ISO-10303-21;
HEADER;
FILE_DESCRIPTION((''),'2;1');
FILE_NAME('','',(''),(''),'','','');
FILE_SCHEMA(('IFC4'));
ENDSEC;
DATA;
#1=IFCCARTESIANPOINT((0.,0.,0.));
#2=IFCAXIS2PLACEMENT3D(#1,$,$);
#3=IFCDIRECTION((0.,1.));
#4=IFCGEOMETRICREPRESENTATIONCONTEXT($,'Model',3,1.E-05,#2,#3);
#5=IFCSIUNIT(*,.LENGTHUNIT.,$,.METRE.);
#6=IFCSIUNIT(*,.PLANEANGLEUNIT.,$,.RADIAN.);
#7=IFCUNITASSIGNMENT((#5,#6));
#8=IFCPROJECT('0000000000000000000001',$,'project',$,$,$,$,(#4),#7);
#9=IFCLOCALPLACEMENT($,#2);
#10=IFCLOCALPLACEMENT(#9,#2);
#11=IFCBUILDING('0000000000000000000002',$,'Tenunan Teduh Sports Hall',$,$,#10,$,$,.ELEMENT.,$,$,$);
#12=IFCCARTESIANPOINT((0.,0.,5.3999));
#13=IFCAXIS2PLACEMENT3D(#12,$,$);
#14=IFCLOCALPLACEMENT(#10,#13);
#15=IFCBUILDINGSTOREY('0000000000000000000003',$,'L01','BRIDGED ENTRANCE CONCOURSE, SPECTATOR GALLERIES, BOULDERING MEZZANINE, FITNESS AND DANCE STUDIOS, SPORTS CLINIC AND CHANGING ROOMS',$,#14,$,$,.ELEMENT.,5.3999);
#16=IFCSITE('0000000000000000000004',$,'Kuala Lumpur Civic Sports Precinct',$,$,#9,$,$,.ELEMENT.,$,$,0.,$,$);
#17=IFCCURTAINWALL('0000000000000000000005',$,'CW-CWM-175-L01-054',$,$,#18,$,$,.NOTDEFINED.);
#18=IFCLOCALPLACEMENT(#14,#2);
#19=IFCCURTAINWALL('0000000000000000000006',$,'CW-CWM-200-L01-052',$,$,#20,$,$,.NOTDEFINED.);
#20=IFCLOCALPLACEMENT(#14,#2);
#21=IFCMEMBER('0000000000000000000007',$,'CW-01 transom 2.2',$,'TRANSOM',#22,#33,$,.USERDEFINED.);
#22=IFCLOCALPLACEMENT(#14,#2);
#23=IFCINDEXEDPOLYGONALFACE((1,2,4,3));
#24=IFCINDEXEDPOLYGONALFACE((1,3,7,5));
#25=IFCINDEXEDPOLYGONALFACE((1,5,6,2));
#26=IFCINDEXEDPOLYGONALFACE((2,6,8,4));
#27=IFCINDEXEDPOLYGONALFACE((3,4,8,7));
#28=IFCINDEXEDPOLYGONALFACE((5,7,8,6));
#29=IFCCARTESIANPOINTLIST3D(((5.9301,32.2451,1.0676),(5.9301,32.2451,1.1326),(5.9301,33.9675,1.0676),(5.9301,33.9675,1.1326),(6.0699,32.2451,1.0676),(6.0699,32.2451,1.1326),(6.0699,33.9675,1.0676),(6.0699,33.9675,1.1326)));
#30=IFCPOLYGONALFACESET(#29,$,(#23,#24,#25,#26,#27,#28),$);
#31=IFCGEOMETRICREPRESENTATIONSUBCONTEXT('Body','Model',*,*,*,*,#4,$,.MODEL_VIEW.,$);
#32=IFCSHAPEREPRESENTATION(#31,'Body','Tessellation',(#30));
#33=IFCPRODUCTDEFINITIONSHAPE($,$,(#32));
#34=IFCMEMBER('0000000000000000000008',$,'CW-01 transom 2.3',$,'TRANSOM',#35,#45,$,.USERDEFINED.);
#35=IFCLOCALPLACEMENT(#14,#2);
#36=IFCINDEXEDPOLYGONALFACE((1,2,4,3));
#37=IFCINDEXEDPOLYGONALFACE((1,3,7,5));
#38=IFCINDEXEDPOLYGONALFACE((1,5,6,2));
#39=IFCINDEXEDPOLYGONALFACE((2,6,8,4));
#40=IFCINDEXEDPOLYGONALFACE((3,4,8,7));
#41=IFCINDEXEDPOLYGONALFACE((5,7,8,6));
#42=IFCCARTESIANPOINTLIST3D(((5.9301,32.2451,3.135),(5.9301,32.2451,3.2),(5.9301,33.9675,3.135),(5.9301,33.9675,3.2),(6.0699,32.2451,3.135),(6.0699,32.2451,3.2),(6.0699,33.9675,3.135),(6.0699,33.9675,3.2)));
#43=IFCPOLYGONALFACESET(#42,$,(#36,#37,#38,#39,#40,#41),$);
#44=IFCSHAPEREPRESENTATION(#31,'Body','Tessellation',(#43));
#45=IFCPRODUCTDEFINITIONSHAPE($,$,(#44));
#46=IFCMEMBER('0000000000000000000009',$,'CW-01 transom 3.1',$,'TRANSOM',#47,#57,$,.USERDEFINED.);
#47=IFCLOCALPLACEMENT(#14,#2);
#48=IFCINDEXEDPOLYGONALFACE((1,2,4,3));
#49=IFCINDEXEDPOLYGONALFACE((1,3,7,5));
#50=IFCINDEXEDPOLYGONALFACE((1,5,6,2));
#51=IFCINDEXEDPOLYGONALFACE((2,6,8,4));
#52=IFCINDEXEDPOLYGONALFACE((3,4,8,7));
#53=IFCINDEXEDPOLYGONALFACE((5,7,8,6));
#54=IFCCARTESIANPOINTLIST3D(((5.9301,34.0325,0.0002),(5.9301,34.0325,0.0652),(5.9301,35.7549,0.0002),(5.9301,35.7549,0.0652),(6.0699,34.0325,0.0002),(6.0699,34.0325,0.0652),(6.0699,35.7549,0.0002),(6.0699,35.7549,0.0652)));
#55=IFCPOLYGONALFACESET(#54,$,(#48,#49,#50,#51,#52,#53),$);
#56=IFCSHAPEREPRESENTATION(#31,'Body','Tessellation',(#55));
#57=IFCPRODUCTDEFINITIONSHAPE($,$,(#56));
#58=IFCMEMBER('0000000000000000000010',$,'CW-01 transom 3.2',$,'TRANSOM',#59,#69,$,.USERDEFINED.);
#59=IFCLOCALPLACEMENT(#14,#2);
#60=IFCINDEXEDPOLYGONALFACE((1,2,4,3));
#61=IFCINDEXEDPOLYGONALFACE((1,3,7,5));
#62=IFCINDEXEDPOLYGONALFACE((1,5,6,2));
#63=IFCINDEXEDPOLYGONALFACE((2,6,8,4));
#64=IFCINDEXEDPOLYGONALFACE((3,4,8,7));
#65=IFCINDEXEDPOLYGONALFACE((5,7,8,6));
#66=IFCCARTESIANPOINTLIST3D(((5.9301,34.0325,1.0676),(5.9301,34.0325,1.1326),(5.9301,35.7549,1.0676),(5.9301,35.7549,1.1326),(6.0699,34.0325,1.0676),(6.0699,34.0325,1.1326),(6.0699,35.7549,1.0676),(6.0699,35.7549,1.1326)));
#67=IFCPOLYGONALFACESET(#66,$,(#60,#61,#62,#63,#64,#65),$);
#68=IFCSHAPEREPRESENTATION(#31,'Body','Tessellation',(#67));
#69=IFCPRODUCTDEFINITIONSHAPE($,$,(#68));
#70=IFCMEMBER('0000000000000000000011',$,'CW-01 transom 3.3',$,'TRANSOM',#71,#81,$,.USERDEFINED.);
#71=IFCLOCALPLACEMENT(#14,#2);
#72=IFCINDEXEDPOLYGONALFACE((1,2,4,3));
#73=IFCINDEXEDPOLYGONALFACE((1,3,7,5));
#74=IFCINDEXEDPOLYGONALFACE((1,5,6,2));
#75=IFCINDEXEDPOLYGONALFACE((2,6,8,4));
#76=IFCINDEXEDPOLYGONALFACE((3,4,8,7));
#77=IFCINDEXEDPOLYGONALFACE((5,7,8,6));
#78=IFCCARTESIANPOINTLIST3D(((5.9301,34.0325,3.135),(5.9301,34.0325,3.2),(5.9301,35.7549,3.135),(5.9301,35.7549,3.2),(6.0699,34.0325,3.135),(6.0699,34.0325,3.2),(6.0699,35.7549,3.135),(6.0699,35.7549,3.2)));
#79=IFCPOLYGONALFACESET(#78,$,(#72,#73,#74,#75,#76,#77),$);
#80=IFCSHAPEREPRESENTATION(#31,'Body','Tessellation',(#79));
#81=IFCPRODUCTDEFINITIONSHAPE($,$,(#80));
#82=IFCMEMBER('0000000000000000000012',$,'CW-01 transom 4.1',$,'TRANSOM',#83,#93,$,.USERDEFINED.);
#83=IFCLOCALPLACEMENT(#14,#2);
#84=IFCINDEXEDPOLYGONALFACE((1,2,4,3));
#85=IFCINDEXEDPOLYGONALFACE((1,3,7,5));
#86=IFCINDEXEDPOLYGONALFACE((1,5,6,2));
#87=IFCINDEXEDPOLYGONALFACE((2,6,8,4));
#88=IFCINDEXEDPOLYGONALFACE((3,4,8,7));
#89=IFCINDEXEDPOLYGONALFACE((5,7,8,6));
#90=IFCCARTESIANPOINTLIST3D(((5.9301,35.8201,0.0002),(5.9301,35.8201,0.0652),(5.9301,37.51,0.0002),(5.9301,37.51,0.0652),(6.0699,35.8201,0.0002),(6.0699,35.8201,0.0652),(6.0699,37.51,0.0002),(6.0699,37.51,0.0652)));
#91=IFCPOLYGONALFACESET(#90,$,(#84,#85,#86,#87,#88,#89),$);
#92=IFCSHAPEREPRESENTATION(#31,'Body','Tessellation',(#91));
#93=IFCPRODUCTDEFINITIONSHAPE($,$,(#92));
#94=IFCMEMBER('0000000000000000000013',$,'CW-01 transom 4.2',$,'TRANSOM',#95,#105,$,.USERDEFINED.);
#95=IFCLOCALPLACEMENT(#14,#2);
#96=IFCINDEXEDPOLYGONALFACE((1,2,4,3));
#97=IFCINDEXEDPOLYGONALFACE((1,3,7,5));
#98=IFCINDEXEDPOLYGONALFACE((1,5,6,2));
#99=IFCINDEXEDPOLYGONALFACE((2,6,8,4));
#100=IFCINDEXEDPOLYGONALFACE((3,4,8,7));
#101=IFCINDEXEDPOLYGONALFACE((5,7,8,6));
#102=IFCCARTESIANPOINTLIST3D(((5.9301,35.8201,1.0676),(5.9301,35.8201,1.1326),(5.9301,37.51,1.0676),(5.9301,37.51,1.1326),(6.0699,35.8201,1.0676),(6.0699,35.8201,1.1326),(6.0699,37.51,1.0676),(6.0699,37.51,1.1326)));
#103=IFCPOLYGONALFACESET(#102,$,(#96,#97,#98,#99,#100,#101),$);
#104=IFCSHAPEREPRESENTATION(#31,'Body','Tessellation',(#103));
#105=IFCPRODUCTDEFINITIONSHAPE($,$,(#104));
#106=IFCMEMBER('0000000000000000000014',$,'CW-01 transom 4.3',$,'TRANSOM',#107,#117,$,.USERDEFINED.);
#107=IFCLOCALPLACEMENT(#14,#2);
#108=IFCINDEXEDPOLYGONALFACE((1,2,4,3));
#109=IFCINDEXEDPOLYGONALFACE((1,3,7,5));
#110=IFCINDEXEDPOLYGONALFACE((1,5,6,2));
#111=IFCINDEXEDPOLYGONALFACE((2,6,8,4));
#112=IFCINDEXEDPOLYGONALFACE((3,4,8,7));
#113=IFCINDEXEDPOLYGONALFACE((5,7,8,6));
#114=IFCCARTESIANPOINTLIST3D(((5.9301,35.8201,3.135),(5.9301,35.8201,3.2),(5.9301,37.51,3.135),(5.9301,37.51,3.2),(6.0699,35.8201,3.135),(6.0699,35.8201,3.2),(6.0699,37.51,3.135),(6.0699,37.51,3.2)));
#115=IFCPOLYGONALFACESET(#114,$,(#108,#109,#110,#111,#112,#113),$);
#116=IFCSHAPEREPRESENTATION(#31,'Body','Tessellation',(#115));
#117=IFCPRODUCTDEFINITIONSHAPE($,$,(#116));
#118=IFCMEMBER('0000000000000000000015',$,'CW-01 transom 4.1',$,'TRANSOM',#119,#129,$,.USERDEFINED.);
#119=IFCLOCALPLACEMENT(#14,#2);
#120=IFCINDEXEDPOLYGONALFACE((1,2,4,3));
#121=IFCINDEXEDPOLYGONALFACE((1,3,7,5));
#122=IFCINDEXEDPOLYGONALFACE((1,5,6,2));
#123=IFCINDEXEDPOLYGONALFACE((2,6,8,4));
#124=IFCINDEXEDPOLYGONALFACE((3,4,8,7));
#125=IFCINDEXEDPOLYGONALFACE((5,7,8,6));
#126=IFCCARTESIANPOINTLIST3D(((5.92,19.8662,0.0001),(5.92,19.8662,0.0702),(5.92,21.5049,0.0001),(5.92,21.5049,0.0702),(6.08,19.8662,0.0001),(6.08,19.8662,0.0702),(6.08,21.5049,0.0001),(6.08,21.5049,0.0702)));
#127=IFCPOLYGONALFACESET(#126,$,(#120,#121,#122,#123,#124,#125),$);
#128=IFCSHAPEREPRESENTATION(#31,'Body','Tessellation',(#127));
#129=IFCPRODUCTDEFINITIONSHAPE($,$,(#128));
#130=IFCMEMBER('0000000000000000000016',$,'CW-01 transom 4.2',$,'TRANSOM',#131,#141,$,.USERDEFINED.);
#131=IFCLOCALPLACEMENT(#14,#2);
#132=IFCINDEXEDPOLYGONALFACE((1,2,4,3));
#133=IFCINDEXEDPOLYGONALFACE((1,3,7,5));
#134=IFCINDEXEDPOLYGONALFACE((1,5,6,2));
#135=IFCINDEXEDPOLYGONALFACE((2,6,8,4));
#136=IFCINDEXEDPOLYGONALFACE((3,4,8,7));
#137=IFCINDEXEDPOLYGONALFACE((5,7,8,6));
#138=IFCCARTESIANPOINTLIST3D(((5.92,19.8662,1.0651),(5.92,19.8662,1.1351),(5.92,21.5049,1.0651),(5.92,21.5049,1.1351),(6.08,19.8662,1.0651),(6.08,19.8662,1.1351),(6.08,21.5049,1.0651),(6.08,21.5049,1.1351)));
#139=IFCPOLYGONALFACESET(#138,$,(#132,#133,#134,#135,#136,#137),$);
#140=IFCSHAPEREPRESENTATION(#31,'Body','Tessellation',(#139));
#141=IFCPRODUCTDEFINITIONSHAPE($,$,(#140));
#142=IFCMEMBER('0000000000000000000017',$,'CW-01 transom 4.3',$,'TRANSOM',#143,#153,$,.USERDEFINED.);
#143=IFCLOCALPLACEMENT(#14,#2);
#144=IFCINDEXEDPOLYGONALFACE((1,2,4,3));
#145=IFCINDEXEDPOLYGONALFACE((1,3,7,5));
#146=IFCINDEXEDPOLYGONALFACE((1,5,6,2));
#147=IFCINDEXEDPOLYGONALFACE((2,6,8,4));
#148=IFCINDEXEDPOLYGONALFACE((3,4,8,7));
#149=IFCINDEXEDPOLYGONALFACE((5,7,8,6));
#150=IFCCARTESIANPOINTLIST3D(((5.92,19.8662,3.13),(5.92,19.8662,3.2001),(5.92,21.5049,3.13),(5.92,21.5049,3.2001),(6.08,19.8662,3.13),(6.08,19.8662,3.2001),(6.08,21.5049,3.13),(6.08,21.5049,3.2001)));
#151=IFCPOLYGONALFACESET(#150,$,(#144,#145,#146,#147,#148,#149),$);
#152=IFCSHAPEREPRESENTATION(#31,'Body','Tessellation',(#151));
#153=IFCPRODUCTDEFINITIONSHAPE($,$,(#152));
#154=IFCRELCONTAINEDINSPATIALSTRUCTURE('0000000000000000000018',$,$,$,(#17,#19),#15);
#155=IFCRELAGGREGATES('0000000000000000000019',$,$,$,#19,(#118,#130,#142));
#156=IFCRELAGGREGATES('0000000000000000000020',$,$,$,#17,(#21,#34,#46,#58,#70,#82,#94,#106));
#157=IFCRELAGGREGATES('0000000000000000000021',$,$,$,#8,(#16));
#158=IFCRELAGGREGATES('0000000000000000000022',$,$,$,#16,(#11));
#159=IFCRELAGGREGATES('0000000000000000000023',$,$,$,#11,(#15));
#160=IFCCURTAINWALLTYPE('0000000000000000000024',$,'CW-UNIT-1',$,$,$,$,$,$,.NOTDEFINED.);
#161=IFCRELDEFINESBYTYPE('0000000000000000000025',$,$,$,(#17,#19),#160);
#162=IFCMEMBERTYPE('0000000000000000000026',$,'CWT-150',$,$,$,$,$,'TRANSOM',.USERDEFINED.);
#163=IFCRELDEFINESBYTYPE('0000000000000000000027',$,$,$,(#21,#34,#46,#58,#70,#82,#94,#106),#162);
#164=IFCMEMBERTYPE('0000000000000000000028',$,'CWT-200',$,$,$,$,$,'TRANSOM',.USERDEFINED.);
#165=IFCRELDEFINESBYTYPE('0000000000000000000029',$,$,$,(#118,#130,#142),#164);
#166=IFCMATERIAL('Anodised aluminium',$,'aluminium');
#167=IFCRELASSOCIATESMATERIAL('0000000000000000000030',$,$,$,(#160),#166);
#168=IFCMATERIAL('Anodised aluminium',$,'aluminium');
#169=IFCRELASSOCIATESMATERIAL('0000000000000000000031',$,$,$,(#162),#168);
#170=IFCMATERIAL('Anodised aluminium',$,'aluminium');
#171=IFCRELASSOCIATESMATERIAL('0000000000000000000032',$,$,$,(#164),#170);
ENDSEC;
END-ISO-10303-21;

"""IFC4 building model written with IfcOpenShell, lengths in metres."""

from ifc_helpers import new_model, si_unit, direction, frame, origin, origin_2d, place, context, subcontext, project, spatial, rectangle, extrude, material, material_profile, profile_set, type_object, element, aggregate, save


model = new_model("IFC4")

# Units and contexts
model_context = context("Model", 3, precision=1e-05, world=origin(), true_north=direction((0.0, 1.0)))
body_context = subcontext(model_context, "Body", "Model", "MODEL_VIEW")
ifc_project = project(units=[si_unit("LENGTHUNIT", "METRE"), si_unit("PLANEANGLEUNIT", "RADIAN")], contexts=[model_context])

# Site, building, storey
site_placement = place(None, origin())
site = spatial("IfcSite", under=ifc_project, at=site_placement, Name="Kuala Lumpur Civic Sports Precinct", CompositionType="ELEMENT", RefElevation=0.0)
building_placement = place(site_placement, origin())
building = spatial("IfcBuilding", under=site, at=building_placement, Name="Tenunan Teduh Sports Hall", CompositionType="ELEMENT")
storey_placement = place(building_placement, frame((0.0, 0.0, 5.3999)))
storey = spatial("IfcBuildingStorey", under=building, at=storey_placement, Name="L01", Description="BRIDGED ENTRANCE CONCOURSE, SPECTATOR GALLERIES, BOULDERING MEZZANINE, FITNESS AND DANCE STUDIOS, SPORTS CLINIC AND CHANGING ROOMS", CompositionType="ELEMENT", Elevation=5.3999)

# Curtain walls
ifc_material_1 = material(Name="Anodised aluminium", Category="aluminium")
curtain_wall_type = type_object("IfcCurtainWallType", Name="CW-UNIT-1", PredefinedType="NOTDEFINED", material=ifc_material_1)
curtain_wall_1_placement = place(storey_placement, origin())
curtain_wall_1 = element("IfcCurtainWall", 1, at=curtain_wall_1_placement, inside=storey, type_object=curtain_wall_type, Name="CW-CWM-175-L01-054", PredefinedType="NOTDEFINED")
curtain_wall_2_placement = place(storey_placement, origin())
curtain_wall_2 = element("IfcCurtainWall", 2, at=curtain_wall_2_placement, inside=storey, type_object=curtain_wall_type, Name="CW-CWM-200-L01-052", PredefinedType="NOTDEFINED")

# Members
ifc_material_2 = material(Name="Anodised aluminium", Category="aluminium")
ifc_material_profile_1 = material_profile(ifc_material_2, rectangle(XDim=0.0649, YDim=0.1399, at=origin_2d()), Name="CWT 65x140")
ifc_profile_set_1 = profile_set([ifc_material_profile_1], Name="Anodised aluminium")
member_type_1 = type_object("IfcMemberType", Name="CWT-150", ElementType="TRANSOM", PredefinedType="USERDEFINED", material=ifc_profile_set_1)
member_1_placement = place(storey_placement, frame((6.0, 32.2451, 1.1001), z_axis=(0.0, 1.0, 0.0), x_axis=(0.0, 0.0, 1.0)))
member_1 = element("IfcMember", 3, at=member_1_placement, type_object=member_type_1, Name="CW-01 transom 2.2", ObjectType="TRANSOM", PredefinedType="USERDEFINED", context=body_context, shape_type="SweptSolid", body=[
    extrude(rectangle(XDim=0.0649, YDim=0.1399, at=origin_2d()), origin(), (0.0, 0.0, 1.0), 1.7224),
])
member_2_placement = place(storey_placement, frame((6.0, 32.2451, 3.1675), z_axis=(0.0, 1.0, 0.0), x_axis=(0.0, 0.0, 1.0)))
member_2 = element("IfcMember", 4, at=member_2_placement, type_object=member_type_1, Name="CW-01 transom 2.3", ObjectType="TRANSOM", PredefinedType="USERDEFINED", context=body_context, shape_type="SweptSolid", body=[
    extrude(rectangle(XDim=0.0649, YDim=0.1399, at=origin_2d()), origin(), (0.0, 0.0, 1.0), 1.7224),
])
member_3_placement = place(storey_placement, frame((6.0, 34.0325, 0.0327), z_axis=(0.0, 1.0, 0.0), x_axis=(0.0, 0.0, 1.0)))
member_3 = element("IfcMember", 5, at=member_3_placement, type_object=member_type_1, Name="CW-01 transom 3.1", ObjectType="TRANSOM", PredefinedType="USERDEFINED", context=body_context, shape_type="SweptSolid", body=[
    extrude(rectangle(XDim=0.0649, YDim=0.1399, at=origin_2d()), origin(), (0.0, 0.0, 1.0), 1.7224),
])
member_4_placement = place(storey_placement, frame((6.0, 34.0325, 1.1001), z_axis=(0.0, 1.0, 0.0), x_axis=(0.0, 0.0, 1.0)))
member_4 = element("IfcMember", 6, at=member_4_placement, type_object=member_type_1, Name="CW-01 transom 3.2", ObjectType="TRANSOM", PredefinedType="USERDEFINED", context=body_context, shape_type="SweptSolid", body=[
    extrude(rectangle(XDim=0.0649, YDim=0.1399, at=origin_2d()), origin(), (0.0, 0.0, 1.0), 1.7224),
])
member_5_placement = place(storey_placement, frame((6.0, 34.0325, 3.1675), z_axis=(0.0, 1.0, 0.0), x_axis=(0.0, 0.0, 1.0)))
member_5 = element("IfcMember", 7, at=member_5_placement, type_object=member_type_1, Name="CW-01 transom 3.3", ObjectType="TRANSOM", PredefinedType="USERDEFINED", context=body_context, shape_type="SweptSolid", body=[
    extrude(rectangle(XDim=0.0649, YDim=0.1399, at=origin_2d()), origin(), (0.0, 0.0, 1.0), 1.7224),
])
member_6_placement = place(storey_placement, frame((6.0, 35.8201, 0.0327), z_axis=(0.0, 1.0, 0.0), x_axis=(0.0, 0.0, 1.0)))
member_6 = element("IfcMember", 8, at=member_6_placement, type_object=member_type_1, Name="CW-01 transom 4.1", ObjectType="TRANSOM", PredefinedType="USERDEFINED", context=body_context, shape_type="SweptSolid", body=[
    extrude(rectangle(XDim=0.0649, YDim=0.1399, at=origin_2d()), origin(), (0.0, 0.0, 1.0), 1.6899),
])
member_7_placement = place(storey_placement, frame((6.0, 35.8201, 1.1001), z_axis=(0.0, 1.0, 0.0), x_axis=(0.0, 0.0, 1.0)))
member_7 = element("IfcMember", 9, at=member_7_placement, type_object=member_type_1, Name="CW-01 transom 4.2", ObjectType="TRANSOM", PredefinedType="USERDEFINED", context=body_context, shape_type="SweptSolid", body=[
    extrude(rectangle(XDim=0.0649, YDim=0.1399, at=origin_2d()), origin(), (0.0, 0.0, 1.0), 1.6899),
])
member_8_placement = place(storey_placement, frame((6.0, 35.8201, 3.1675), z_axis=(0.0, 1.0, 0.0), x_axis=(0.0, 0.0, 1.0)))
member_8 = element("IfcMember", 10, at=member_8_placement, type_object=member_type_1, Name="CW-01 transom 4.3", ObjectType="TRANSOM", PredefinedType="USERDEFINED", context=body_context, shape_type="SweptSolid", body=[
    extrude(rectangle(XDim=0.0649, YDim=0.1399, at=origin_2d()), origin(), (0.0, 0.0, 1.0), 1.6899),
])
ifc_material_3 = material(Name="Anodised aluminium", Category="aluminium")
ifc_material_profile_2 = material_profile(ifc_material_3, rectangle(XDim=0.0701, YDim=0.1599, at=origin_2d()), Name="CWT 70x160")
ifc_profile_set_2 = profile_set([ifc_material_profile_2], Name="Anodised aluminium")
member_type_2 = type_object("IfcMemberType", Name="CWT-200", ElementType="TRANSOM", PredefinedType="USERDEFINED", material=ifc_profile_set_2)
member_9_placement = place(storey_placement, frame((6.0, 19.8662, 0.0352), z_axis=(0.0, 1.0, 0.0), x_axis=(0.0, 0.0, 1.0)))
member_9 = element("IfcMember", 11, at=member_9_placement, type_object=member_type_2, Name="CW-01 transom 4.1", ObjectType="TRANSOM", PredefinedType="USERDEFINED", context=body_context, shape_type="SweptSolid", body=[
    extrude(rectangle(XDim=0.0701, YDim=0.1599, at=origin_2d()), origin(), (0.0, 0.0, 1.0), 1.6387),
])
member_10_placement = place(storey_placement, frame((6.0, 19.8662, 1.1001), z_axis=(0.0, 1.0, 0.0), x_axis=(0.0, 0.0, 1.0)))
member_10 = element("IfcMember", 12, at=member_10_placement, type_object=member_type_2, Name="CW-01 transom 4.2", ObjectType="TRANSOM", PredefinedType="USERDEFINED", context=body_context, shape_type="SweptSolid", body=[
    extrude(rectangle(XDim=0.0701, YDim=0.1599, at=origin_2d()), origin(), (0.0, 0.0, 1.0), 1.6387),
])
member_11_placement = place(storey_placement, frame((6.0, 19.8662, 3.165), z_axis=(0.0, 1.0, 0.0), x_axis=(0.0, 0.0, 1.0)))
member_11 = element("IfcMember", 13, at=member_11_placement, type_object=member_type_2, Name="CW-01 transom 4.3", ObjectType="TRANSOM", PredefinedType="USERDEFINED", context=body_context, shape_type="SweptSolid", body=[
    extrude(rectangle(XDim=0.0701, YDim=0.1599, at=origin_2d()), origin(), (0.0, 0.0, 1.0), 1.6387),
])

aggregate(curtain_wall_2, [member_9, member_10, member_11])
aggregate(curtain_wall_1, [member_1, member_2, member_3, member_4, member_5, member_6, member_7, member_8])

save(model, "model.ifc")
